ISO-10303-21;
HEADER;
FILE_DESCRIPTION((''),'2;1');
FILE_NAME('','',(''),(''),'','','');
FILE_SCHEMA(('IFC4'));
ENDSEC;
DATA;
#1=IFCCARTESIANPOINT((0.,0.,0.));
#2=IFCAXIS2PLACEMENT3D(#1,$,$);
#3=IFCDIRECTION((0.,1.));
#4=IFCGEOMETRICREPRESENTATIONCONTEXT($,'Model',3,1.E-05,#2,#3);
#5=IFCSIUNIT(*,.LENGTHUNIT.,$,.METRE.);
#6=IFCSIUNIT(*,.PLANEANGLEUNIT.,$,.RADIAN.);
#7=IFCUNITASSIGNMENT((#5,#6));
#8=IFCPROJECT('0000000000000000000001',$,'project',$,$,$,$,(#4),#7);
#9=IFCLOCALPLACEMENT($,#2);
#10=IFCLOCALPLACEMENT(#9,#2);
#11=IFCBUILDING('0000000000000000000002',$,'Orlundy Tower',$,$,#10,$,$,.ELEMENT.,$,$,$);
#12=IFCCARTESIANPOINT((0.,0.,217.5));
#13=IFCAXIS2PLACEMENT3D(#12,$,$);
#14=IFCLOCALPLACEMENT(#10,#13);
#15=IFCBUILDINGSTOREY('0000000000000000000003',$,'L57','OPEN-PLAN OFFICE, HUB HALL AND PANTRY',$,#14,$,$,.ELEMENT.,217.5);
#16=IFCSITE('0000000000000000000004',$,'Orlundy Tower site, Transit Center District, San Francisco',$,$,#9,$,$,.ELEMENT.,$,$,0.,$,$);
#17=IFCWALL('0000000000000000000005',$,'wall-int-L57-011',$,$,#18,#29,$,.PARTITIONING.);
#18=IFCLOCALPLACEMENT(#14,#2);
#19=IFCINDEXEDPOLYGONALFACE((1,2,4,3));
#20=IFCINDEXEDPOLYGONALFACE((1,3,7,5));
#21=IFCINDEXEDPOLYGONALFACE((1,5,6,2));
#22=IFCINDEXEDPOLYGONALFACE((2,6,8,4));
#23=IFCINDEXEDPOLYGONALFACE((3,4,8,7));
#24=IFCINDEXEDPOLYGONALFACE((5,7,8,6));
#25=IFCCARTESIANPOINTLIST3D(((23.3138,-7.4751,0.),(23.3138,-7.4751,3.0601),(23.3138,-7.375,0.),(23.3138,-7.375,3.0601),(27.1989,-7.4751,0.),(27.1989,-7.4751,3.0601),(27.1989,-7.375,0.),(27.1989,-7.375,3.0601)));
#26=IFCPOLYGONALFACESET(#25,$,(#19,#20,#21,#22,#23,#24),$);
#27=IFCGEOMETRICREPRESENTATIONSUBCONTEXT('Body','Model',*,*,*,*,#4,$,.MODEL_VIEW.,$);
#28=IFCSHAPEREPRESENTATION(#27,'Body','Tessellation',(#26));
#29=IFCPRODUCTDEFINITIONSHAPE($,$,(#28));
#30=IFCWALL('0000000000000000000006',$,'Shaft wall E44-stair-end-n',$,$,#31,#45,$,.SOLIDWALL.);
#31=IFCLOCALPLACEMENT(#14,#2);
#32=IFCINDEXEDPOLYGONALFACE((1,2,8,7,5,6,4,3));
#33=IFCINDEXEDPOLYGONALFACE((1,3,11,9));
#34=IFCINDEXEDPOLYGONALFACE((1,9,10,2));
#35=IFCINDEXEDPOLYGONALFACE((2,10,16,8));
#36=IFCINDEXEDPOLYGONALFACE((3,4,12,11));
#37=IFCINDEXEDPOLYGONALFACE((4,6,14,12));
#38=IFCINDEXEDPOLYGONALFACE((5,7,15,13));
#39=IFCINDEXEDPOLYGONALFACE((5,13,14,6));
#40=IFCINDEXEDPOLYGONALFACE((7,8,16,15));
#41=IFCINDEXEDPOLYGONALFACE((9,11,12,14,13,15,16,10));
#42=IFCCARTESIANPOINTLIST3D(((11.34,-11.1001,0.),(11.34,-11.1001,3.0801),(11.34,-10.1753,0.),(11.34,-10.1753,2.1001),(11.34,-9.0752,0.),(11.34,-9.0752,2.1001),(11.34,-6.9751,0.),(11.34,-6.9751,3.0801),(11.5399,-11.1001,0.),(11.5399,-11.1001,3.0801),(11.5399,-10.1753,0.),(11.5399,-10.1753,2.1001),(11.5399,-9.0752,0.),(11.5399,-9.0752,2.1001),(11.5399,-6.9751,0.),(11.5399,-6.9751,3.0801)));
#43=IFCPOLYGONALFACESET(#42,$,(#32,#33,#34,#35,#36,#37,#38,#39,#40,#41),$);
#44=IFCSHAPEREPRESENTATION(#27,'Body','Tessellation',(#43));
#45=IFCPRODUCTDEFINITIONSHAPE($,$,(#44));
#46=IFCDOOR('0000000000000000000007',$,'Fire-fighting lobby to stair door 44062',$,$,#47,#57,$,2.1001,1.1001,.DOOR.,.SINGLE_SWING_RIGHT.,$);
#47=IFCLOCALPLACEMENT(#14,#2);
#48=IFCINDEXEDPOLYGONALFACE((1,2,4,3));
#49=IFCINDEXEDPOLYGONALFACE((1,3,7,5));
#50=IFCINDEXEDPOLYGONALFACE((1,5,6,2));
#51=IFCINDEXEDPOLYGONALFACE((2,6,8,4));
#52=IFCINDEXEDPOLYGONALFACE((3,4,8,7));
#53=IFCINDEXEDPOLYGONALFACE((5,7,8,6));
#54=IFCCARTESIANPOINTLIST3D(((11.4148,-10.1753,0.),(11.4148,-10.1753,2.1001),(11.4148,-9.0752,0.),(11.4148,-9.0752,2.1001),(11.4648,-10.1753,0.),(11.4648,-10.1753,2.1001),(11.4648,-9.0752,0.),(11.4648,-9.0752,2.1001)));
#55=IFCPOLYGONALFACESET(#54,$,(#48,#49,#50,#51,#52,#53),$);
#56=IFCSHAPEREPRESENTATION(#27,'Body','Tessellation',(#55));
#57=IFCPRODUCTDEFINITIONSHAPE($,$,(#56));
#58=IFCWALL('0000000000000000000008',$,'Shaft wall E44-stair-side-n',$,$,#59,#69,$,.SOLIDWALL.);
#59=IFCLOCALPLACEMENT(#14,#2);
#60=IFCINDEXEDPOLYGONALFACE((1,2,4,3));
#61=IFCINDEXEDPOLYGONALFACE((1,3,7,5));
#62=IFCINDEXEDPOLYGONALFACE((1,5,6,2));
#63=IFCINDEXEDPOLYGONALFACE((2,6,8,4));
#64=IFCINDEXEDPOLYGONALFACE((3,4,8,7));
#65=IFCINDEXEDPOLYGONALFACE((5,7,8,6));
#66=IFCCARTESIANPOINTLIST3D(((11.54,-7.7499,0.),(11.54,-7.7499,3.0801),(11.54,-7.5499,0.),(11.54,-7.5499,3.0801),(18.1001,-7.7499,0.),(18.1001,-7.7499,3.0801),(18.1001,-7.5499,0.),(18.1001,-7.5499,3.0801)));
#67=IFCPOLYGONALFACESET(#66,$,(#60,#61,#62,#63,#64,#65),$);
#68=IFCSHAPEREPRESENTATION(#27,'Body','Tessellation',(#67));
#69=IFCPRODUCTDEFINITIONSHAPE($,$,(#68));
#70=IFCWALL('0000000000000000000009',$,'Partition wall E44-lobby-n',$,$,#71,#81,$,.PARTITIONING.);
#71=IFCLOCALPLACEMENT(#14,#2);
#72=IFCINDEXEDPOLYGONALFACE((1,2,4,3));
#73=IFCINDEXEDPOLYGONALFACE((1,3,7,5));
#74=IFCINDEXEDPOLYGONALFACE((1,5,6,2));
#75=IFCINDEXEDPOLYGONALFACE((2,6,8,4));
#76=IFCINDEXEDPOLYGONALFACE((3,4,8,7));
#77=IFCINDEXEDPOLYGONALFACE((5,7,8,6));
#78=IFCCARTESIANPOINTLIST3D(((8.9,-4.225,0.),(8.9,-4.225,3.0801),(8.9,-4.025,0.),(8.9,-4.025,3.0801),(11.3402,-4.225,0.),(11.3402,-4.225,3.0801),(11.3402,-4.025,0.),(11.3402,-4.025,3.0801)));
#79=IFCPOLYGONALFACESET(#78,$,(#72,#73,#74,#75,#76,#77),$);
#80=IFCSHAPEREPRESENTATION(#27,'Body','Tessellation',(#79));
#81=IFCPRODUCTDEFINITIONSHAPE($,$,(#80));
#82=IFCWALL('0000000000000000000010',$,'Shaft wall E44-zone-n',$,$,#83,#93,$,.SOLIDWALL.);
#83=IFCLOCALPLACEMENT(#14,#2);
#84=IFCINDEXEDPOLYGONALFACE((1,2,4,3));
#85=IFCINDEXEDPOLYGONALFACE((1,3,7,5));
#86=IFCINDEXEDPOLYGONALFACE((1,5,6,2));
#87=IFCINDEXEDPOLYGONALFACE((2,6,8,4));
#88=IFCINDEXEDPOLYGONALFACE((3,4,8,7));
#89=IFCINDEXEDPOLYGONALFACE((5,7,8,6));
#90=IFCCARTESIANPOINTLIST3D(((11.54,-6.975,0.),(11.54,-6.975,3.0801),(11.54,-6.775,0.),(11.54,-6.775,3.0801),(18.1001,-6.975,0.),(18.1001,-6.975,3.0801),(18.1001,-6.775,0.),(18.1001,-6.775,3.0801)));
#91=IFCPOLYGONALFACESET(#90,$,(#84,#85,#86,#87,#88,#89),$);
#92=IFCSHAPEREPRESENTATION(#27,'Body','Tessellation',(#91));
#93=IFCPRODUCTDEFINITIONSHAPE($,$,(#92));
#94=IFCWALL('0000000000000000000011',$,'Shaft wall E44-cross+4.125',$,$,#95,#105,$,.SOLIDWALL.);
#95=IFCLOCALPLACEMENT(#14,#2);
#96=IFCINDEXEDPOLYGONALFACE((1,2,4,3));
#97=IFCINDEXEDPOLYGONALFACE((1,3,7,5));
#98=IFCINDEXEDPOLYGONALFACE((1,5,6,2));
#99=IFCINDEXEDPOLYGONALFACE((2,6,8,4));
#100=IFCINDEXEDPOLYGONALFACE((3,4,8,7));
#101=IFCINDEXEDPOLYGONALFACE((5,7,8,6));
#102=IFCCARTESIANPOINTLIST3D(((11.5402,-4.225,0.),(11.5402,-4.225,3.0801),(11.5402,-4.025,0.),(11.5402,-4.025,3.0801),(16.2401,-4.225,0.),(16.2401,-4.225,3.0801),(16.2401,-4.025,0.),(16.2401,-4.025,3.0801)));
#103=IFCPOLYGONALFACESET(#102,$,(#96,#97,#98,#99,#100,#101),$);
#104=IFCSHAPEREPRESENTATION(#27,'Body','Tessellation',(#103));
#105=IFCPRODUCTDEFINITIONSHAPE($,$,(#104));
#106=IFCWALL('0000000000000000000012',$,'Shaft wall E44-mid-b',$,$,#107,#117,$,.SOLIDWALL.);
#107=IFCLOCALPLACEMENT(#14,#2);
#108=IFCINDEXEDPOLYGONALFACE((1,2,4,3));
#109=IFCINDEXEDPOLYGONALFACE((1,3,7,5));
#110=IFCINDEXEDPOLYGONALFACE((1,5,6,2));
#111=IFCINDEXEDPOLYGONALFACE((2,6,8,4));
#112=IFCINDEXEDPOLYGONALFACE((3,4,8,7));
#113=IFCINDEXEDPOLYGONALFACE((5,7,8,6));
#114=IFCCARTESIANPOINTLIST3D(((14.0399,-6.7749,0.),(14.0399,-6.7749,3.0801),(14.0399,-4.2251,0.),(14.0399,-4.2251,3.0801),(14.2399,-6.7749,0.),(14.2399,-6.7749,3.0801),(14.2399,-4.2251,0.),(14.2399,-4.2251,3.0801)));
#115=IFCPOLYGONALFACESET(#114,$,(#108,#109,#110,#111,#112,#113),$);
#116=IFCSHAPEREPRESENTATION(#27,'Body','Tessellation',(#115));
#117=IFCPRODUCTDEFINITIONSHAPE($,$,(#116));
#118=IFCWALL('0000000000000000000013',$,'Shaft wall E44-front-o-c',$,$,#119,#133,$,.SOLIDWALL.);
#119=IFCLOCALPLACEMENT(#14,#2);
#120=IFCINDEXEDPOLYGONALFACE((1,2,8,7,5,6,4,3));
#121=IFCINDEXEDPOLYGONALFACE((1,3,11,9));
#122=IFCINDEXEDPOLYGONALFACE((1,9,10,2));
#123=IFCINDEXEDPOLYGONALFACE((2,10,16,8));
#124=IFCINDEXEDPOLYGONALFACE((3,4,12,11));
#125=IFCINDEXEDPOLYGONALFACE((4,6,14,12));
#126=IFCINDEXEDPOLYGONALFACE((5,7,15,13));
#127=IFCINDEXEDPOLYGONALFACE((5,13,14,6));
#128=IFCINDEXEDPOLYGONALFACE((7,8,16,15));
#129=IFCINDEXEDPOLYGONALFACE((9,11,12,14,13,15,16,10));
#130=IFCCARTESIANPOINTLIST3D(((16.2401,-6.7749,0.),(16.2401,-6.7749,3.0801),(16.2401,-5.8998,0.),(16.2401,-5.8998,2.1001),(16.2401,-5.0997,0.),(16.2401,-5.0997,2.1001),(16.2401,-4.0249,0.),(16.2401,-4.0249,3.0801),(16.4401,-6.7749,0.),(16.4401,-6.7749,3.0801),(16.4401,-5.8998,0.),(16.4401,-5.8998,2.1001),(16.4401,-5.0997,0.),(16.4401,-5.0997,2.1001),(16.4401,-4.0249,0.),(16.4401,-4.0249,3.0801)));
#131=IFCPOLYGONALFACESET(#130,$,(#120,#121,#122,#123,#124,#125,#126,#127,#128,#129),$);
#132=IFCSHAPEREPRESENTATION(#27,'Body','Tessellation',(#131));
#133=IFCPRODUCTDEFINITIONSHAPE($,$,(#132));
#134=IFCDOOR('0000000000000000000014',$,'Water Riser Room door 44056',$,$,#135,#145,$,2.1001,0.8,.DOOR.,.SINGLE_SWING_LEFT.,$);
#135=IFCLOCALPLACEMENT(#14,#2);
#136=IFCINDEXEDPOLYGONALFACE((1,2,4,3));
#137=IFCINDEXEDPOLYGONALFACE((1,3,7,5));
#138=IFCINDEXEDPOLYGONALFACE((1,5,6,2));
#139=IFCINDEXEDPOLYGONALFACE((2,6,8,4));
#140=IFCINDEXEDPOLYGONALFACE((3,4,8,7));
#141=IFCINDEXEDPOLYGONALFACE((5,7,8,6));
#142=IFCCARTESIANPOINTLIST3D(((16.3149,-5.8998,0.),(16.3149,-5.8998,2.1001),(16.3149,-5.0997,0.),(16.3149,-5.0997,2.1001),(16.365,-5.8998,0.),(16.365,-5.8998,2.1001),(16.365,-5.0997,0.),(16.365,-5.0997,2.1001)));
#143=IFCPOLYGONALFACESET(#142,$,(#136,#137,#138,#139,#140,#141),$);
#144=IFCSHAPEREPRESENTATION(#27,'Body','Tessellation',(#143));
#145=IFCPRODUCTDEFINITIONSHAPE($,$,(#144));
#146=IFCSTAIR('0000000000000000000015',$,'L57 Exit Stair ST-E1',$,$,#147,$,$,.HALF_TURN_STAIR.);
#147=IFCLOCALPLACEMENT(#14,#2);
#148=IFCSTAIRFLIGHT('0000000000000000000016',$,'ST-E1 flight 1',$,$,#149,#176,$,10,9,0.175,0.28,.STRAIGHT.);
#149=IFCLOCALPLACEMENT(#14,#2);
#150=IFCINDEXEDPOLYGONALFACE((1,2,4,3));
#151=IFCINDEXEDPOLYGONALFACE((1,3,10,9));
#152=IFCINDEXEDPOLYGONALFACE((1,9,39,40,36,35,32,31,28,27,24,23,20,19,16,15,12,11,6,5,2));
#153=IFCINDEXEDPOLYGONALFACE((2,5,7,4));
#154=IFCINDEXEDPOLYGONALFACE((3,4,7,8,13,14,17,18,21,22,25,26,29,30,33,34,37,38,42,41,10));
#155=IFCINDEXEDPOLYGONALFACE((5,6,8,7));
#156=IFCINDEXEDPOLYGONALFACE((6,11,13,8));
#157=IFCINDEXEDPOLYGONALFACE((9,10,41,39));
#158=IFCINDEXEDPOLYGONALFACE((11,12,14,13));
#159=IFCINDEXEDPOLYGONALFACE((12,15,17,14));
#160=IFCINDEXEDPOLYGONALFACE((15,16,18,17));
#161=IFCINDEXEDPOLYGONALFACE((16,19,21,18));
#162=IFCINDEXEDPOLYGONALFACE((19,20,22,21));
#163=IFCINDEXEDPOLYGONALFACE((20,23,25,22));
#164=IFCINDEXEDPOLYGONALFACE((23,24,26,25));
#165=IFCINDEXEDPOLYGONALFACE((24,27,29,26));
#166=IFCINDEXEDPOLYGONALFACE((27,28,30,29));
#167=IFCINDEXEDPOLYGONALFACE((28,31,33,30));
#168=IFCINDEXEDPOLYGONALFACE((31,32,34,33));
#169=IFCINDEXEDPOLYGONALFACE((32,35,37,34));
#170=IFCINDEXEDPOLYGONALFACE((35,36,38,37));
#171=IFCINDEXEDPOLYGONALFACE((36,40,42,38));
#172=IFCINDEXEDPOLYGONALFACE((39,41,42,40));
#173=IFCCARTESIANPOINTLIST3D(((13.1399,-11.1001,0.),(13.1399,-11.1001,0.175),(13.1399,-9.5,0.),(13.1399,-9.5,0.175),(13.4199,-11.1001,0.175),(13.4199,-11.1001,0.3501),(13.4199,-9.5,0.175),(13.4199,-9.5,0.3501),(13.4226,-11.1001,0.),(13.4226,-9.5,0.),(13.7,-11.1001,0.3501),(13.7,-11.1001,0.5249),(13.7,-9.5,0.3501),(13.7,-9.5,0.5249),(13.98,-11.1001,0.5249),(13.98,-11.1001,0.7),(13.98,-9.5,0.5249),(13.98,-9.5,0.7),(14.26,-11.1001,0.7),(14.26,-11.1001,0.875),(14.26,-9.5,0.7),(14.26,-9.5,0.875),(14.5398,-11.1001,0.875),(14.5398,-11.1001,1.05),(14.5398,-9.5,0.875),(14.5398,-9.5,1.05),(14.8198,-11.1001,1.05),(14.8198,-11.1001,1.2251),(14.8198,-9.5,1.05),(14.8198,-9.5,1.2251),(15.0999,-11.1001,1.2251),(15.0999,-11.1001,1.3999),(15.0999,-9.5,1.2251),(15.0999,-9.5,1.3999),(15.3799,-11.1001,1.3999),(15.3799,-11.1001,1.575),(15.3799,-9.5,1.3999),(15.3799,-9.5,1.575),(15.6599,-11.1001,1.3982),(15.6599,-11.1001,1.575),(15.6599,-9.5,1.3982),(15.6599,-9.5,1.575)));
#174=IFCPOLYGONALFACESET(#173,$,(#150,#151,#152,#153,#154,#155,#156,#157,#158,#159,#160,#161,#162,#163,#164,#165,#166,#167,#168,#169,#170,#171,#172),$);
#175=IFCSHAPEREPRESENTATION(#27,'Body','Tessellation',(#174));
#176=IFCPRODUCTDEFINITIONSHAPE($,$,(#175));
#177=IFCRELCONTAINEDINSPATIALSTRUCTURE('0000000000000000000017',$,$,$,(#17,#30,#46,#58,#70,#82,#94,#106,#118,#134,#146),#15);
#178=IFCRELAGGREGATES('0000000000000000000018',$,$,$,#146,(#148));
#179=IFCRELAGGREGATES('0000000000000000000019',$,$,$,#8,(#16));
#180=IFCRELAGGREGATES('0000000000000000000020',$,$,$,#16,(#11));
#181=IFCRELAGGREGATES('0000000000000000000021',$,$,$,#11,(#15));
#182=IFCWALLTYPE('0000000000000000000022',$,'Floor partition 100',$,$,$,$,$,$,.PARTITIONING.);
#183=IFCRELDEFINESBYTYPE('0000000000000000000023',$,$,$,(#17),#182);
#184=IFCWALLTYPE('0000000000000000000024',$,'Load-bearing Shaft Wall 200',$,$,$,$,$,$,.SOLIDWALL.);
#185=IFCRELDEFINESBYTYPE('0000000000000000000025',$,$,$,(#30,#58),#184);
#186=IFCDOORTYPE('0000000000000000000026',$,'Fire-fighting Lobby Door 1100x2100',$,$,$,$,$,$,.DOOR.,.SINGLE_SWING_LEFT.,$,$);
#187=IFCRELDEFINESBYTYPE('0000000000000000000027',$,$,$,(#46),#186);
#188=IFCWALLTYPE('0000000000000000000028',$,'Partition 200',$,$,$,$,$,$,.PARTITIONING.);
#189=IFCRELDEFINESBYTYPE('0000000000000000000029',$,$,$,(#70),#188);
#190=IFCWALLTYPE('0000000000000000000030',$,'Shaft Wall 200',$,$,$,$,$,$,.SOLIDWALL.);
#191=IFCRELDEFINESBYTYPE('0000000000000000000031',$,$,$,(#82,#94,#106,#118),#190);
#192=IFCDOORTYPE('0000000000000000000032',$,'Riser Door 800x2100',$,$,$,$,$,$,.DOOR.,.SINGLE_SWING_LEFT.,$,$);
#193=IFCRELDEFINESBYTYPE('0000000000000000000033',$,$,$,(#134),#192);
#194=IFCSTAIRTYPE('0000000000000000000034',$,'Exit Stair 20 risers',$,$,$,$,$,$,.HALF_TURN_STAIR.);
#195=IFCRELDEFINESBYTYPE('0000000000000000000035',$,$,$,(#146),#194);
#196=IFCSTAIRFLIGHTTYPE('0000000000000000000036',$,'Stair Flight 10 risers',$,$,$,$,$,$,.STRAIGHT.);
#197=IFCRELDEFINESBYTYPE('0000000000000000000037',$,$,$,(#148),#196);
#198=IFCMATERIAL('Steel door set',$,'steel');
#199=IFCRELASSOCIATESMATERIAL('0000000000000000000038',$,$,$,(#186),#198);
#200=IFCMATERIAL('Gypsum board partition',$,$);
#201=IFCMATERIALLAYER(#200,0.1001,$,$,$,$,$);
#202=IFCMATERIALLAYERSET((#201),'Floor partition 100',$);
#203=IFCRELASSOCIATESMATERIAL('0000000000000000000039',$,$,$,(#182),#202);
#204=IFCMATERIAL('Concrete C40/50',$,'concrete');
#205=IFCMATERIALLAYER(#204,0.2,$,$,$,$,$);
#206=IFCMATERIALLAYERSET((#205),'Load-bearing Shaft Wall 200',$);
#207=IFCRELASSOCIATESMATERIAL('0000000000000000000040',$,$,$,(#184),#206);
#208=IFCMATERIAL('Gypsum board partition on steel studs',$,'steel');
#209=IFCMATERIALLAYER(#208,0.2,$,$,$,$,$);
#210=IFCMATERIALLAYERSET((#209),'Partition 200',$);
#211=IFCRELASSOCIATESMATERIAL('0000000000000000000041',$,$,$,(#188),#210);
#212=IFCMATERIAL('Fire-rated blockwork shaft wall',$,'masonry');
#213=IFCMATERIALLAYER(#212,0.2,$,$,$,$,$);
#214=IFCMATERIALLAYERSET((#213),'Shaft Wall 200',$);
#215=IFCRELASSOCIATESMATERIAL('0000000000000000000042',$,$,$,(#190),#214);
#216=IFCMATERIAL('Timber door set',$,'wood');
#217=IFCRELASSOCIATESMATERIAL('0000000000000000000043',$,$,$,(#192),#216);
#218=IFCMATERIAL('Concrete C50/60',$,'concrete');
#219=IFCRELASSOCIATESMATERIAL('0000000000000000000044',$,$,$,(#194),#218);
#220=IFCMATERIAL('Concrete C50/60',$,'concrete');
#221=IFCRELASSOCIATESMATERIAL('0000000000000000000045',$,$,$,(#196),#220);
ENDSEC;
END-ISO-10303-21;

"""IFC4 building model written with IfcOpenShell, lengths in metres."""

from ifc_helpers import new_model, si_unit, direction, frame, frame_2d, origin, place, context, subcontext, project, spatial, polyline, rectangle, outline, extrude, material, layer, layer_set, type_object, element, fill, aggregate, save


model = new_model("IFC4")

# Units and contexts
model_context = context("Model", 3, precision=1e-05, world=origin(), true_north=direction((0.0, 1.0)))
body_context = subcontext(model_context, "Body", "Model", "MODEL_VIEW")
ifc_project = project(units=[si_unit("LENGTHUNIT", "METRE"), si_unit("PLANEANGLEUNIT", "RADIAN")], contexts=[model_context])

# Site, building, storey
site_placement = place(None, origin())
site = spatial("IfcSite", under=ifc_project, at=site_placement, Name="Orlundy Tower site, Transit Center District, San Francisco", CompositionType="ELEMENT", RefElevation=0.0)
building_placement = place(site_placement, origin())
building = spatial("IfcBuilding", under=site, at=building_placement, Name="Orlundy Tower", CompositionType="ELEMENT")
storey_placement = place(building_placement, frame((0.0, 0.0, 217.5)))
storey = spatial("IfcBuildingStorey", under=building, at=storey_placement, Name="L57", Description="OPEN-PLAN OFFICE, HUB HALL AND PANTRY", CompositionType="ELEMENT", Elevation=217.5)

# Shared definitions
ifc_material_1 = material(Name="Steel door set", Category="steel")
door_type_1 = type_object("IfcDoorType", Name="Fire-fighting Lobby Door 1100x2100", OperationType="SINGLE_SWING_LEFT", PredefinedType="DOOR", material=ifc_material_1)

# Wall
ifc_material_2 = material(Name="Gypsum board partition")
ifc_layer_1 = layer(ifc_material_2, 0.1001)
ifc_layer_set_1 = layer_set([ifc_layer_1], Name="Floor partition 100")
wall_type_1 = type_object("IfcWallType", Name="Floor partition 100", PredefinedType="PARTITIONING", material=ifc_layer_set_1)
wall_1_placement = place(storey_placement, frame((23.314, -7.425, 0.0), z_axis=(0.0, 0.0, 1.0), x_axis=(1.0, 0.0, 0.0)))
element("IfcWall", 1, at=wall_1_placement, inside=storey, type_object=wall_type_1, Name="wall-int-L57-011", PredefinedType="PARTITIONING", context=body_context, shape_type="SweptSolid", body=[
    extrude(rectangle(XDim=3.885, YDim=0.1001, at=frame_2d((1.9424, 0.0))), origin(), (0.0, 0.0, 1.0), 3.0601),
])

# Wall, opening, door
ifc_material_3 = material(Name="Concrete C40/50", Category="concrete")
ifc_layer_2 = layer(ifc_material_3, 0.2)
ifc_layer_set_2 = layer_set([ifc_layer_2], Name="Load-bearing Shaft Wall 200")
wall_type_2 = type_object("IfcWallType", Name="Load-bearing Shaft Wall 200", PredefinedType="SOLIDWALL", material=ifc_layer_set_2)
wall_2_placement = place(storey_placement, frame((11.4399, -6.9751, 0.0), z_axis=(0.0, 0.0, 1.0), x_axis=(0.0, -1.0, 0.0)))
wall_2 = element("IfcWall", 2, at=wall_2_placement, inside=storey, type_object=wall_type_2, Name="Shaft wall E44-stair-end-n", PredefinedType="SOLIDWALL", context=body_context, shape_type="SweptSolid", body=[
    extrude(rectangle(XDim=4.125, YDim=0.2, at=frame_2d((2.0625, 0.0))), origin(), (0.0, 0.0, 1.0), 3.0801),
])
opening_1_placement = place(wall_2_placement, frame((2.1001, 0.0, 0.0)))
opening_1 = element("IfcOpeningElement", 3, at=opening_1_placement, cuts=wall_2, PredefinedType="OPENING", context=body_context, shape_type="SweptSolid", body=[
    extrude(rectangle(XDim=1.1001, YDim=2.1001, at=frame_2d((0.55, 1.05))), frame((0.0, 0.1101, 0.0), z_axis=(0.0, -1.0, 0.0), x_axis=(1.0, 0.0, 0.0)), (0.0, 0.0, 1.0), 0.2202),
])
door_1_placement = place(opening_1_placement, origin())
door_1 = element("IfcDoor", 4, at=door_1_placement, inside=storey, type_object=door_type_1, Name="Fire-fighting lobby to stair door 44062", OperationType="SINGLE_SWING_RIGHT", OverallHeight=2.1001, OverallWidth=1.1001, PredefinedType="DOOR", context=body_context, shape_type="SweptSolid", body=[
    extrude(rectangle(XDim=1.1001, YDim=2.1001, at=frame_2d((0.55, 1.05))), frame((0.0, 0.0249, 0.0), z_axis=(0.0, -1.0, 0.0), x_axis=(1.0, 0.0, 0.0)), (0.0, 0.0, 1.0), 0.05),
])
fill(opening_1, door_1)

# Walls
wall_3_placement = place(storey_placement, frame((11.54, -7.6499, 0.0), z_axis=(0.0, 0.0, 1.0), x_axis=(1.0, 0.0, 0.0)))
element("IfcWall", 5, at=wall_3_placement, inside=storey, type_object=wall_type_2, Name="Shaft wall E44-stair-side-n", PredefinedType="SOLIDWALL", context=body_context, shape_type="SweptSolid", body=[
    extrude(rectangle(XDim=6.5601, YDim=0.2, at=frame_2d((3.28, 0.0))), origin(), (0.0, 0.0, 1.0), 3.0801),
])
ifc_material_4 = material(Name="Gypsum board partition on steel studs", Category="steel")
ifc_layer_3 = layer(ifc_material_4, 0.2)
ifc_layer_set_3 = layer_set([ifc_layer_3], Name="Partition 200")
wall_type_3 = type_object("IfcWallType", Name="Partition 200", PredefinedType="PARTITIONING", material=ifc_layer_set_3)
wall_4_placement = place(storey_placement, frame((8.8999, -4.125, 0.0), z_axis=(0.0, 0.0, 1.0), x_axis=(1.0, 0.0, 0.0)))
element("IfcWall", 6, at=wall_4_placement, inside=storey, type_object=wall_type_3, Name="Partition wall E44-lobby-n", PredefinedType="PARTITIONING", context=body_context, shape_type="SweptSolid", body=[
    extrude(rectangle(XDim=2.4402, YDim=0.2, at=frame_2d((1.2202, 0.0))), origin(), (0.0, 0.0, 1.0), 3.0801),
])
ifc_material_5 = material(Name="Fire-rated blockwork shaft wall", Category="masonry")
ifc_layer_4 = layer(ifc_material_5, 0.2)
ifc_layer_set_4 = layer_set([ifc_layer_4], Name="Shaft Wall 200")
wall_type_4 = type_object("IfcWallType", Name="Shaft Wall 200", PredefinedType="SOLIDWALL", material=ifc_layer_set_4)
wall_5_placement = place(storey_placement, frame((11.54, -6.875, 0.0), z_axis=(0.0, 0.0, 1.0), x_axis=(1.0, 0.0, 0.0)))
element("IfcWall", 7, at=wall_5_placement, inside=storey, type_object=wall_type_4, Name="Shaft wall E44-zone-n", PredefinedType="SOLIDWALL", context=body_context, shape_type="SweptSolid", body=[
    extrude(rectangle(XDim=6.5601, YDim=0.2, at=frame_2d((3.28, 0.0))), origin(), (0.0, 0.0, 1.0), 3.0801),
])
wall_6_placement = place(storey_placement, frame((11.54, -4.125, 0.0), z_axis=(0.0, 0.0, 1.0), x_axis=(1.0, 0.0, 0.0)))
element("IfcWall", 8, at=wall_6_placement, inside=storey, type_object=wall_type_4, Name="Shaft wall E44-cross+4.125", PredefinedType="SOLIDWALL", context=body_context, shape_type="SweptSolid", body=[
    extrude(rectangle(XDim=4.7, YDim=0.2, at=frame_2d((2.3501, 0.0))), origin(), (0.0, 0.0, 1.0), 3.0801),
])
wall_7_placement = place(storey_placement, frame((14.1399, -4.2251, 0.0), z_axis=(0.0, 0.0, 1.0), x_axis=(0.0, -1.0, 0.0)))
element("IfcWall", 9, at=wall_7_placement, inside=storey, type_object=wall_type_4, Name="Shaft wall E44-mid-b", PredefinedType="SOLIDWALL", context=body_context, shape_type="SweptSolid", body=[
    extrude(rectangle(XDim=2.5498, YDim=0.2, at=frame_2d((1.2749, 0.0))), origin(), (0.0, 0.0, 1.0), 3.0801),
])

# Wall, opening, door
wall_8_placement = place(storey_placement, frame((16.3401, -4.0249, 0.0), z_axis=(0.0, 0.0, 1.0), x_axis=(0.0, -1.0, 0.0)))
wall_8 = element("IfcWall", 10, at=wall_8_placement, inside=storey, type_object=wall_type_4, Name="Shaft wall E44-front-o-c", PredefinedType="SOLIDWALL", context=body_context, shape_type="SweptSolid", body=[
    extrude(rectangle(XDim=2.75, YDim=0.2, at=frame_2d((1.375, 0.0))), origin(), (0.0, 0.0, 1.0), 3.0801),
])
opening_2_placement = place(wall_8_placement, frame((1.075, 0.0, 0.0)))
opening_2 = element("IfcOpeningElement", 11, at=opening_2_placement, cuts=wall_8, PredefinedType="OPENING", context=body_context, shape_type="SweptSolid", body=[
    extrude(rectangle(XDim=0.8, YDim=2.1001, at=frame_2d((0.3999, 1.05))), frame((0.0, 0.1101, 0.0), z_axis=(0.0, -1.0, 0.0), x_axis=(1.0, 0.0, 0.0)), (0.0, 0.0, 1.0), 0.2202),
])
ifc_material_6 = material(Name="Timber door set", Category="wood")
door_type_2 = type_object("IfcDoorType", Name="Riser Door 800x2100", OperationType="SINGLE_SWING_LEFT", PredefinedType="DOOR", material=ifc_material_6)
door_2_placement = place(opening_2_placement, origin())
door_2 = element("IfcDoor", 12, at=door_2_placement, inside=storey, type_object=door_type_2, Name="Water Riser Room door 44056", OperationType="SINGLE_SWING_LEFT", OverallHeight=2.1001, OverallWidth=0.8, PredefinedType="DOOR", context=body_context, shape_type="SweptSolid", body=[
    extrude(rectangle(XDim=0.8, YDim=2.1001, at=frame_2d((0.3999, 1.05))), frame((0.0, 0.0249, 0.0), z_axis=(0.0, -1.0, 0.0), x_axis=(1.0, 0.0, 0.0)), (0.0, 0.0, 1.0), 0.05),
])
fill(opening_2, door_2)

# Stair, stair flight
ifc_material_7 = material(Name="Concrete C50/60", Category="concrete")
stair_type = type_object("IfcStairType", Name="Exit Stair 20 risers", PredefinedType="HALF_TURN_STAIR", material=ifc_material_7)
stair_placement = place(storey_placement, origin())
stair = element("IfcStair", 13, at=stair_placement, inside=storey, type_object=stair_type, Name="L57 Exit Stair ST-E1", PredefinedType="HALF_TURN_STAIR")
ifc_material_8 = material(Name="Concrete C50/60", Category="concrete")
stair_flight_type = type_object("IfcStairFlightType", Name="Stair Flight 10 risers", PredefinedType="STRAIGHT", material=ifc_material_8)
stair_flight_1_placement = place(storey_placement, frame((13.1399, -10.3, 0.0), z_axis=(0.0, 0.0, 1.0), x_axis=(1.0, 0.0, 0.0)))
stair_flight_1 = element("IfcStairFlight", 14, at=stair_flight_1_placement, type_object=stair_flight_type, Name="ST-E1 flight 1", NumberOfRisers=10, NumberOfTreads=9, PredefinedType="STRAIGHT", RiserHeight=0.175, TreadLength=0.28, context=body_context, shape_type="SweptSolid", body=[
    extrude(outline(polyline([(0.0, 0.0), (0.0, 0.175), (0.28, 0.175), (0.28, 0.3501), (0.5601, 0.3501), (0.5601, 0.5249), (0.8401, 0.5249), (0.8401, 0.7), (1.1201, 0.7), (1.1201, 0.875), (1.3999, 0.875), (1.3999, 1.05), (1.6799, 1.05), (1.6799, 1.2251), (1.96, 1.2251), (1.96, 1.3999), (2.24, 1.3999), (2.24, 1.575), (2.52, 1.575), (2.52, 1.75), (2.52, 1.3982), (0.2827, 0.0), (0.0, 0.0)])), frame((0.0, 0.8, 0.0), z_axis=(0.0, -1.0, 0.0), x_axis=(1.0, 0.0, 0.0)), (0.0, 0.0, 1.0), 1.6001),
])
aggregate(stair, [stair_flight_1])

save(model, "model.ifc")
